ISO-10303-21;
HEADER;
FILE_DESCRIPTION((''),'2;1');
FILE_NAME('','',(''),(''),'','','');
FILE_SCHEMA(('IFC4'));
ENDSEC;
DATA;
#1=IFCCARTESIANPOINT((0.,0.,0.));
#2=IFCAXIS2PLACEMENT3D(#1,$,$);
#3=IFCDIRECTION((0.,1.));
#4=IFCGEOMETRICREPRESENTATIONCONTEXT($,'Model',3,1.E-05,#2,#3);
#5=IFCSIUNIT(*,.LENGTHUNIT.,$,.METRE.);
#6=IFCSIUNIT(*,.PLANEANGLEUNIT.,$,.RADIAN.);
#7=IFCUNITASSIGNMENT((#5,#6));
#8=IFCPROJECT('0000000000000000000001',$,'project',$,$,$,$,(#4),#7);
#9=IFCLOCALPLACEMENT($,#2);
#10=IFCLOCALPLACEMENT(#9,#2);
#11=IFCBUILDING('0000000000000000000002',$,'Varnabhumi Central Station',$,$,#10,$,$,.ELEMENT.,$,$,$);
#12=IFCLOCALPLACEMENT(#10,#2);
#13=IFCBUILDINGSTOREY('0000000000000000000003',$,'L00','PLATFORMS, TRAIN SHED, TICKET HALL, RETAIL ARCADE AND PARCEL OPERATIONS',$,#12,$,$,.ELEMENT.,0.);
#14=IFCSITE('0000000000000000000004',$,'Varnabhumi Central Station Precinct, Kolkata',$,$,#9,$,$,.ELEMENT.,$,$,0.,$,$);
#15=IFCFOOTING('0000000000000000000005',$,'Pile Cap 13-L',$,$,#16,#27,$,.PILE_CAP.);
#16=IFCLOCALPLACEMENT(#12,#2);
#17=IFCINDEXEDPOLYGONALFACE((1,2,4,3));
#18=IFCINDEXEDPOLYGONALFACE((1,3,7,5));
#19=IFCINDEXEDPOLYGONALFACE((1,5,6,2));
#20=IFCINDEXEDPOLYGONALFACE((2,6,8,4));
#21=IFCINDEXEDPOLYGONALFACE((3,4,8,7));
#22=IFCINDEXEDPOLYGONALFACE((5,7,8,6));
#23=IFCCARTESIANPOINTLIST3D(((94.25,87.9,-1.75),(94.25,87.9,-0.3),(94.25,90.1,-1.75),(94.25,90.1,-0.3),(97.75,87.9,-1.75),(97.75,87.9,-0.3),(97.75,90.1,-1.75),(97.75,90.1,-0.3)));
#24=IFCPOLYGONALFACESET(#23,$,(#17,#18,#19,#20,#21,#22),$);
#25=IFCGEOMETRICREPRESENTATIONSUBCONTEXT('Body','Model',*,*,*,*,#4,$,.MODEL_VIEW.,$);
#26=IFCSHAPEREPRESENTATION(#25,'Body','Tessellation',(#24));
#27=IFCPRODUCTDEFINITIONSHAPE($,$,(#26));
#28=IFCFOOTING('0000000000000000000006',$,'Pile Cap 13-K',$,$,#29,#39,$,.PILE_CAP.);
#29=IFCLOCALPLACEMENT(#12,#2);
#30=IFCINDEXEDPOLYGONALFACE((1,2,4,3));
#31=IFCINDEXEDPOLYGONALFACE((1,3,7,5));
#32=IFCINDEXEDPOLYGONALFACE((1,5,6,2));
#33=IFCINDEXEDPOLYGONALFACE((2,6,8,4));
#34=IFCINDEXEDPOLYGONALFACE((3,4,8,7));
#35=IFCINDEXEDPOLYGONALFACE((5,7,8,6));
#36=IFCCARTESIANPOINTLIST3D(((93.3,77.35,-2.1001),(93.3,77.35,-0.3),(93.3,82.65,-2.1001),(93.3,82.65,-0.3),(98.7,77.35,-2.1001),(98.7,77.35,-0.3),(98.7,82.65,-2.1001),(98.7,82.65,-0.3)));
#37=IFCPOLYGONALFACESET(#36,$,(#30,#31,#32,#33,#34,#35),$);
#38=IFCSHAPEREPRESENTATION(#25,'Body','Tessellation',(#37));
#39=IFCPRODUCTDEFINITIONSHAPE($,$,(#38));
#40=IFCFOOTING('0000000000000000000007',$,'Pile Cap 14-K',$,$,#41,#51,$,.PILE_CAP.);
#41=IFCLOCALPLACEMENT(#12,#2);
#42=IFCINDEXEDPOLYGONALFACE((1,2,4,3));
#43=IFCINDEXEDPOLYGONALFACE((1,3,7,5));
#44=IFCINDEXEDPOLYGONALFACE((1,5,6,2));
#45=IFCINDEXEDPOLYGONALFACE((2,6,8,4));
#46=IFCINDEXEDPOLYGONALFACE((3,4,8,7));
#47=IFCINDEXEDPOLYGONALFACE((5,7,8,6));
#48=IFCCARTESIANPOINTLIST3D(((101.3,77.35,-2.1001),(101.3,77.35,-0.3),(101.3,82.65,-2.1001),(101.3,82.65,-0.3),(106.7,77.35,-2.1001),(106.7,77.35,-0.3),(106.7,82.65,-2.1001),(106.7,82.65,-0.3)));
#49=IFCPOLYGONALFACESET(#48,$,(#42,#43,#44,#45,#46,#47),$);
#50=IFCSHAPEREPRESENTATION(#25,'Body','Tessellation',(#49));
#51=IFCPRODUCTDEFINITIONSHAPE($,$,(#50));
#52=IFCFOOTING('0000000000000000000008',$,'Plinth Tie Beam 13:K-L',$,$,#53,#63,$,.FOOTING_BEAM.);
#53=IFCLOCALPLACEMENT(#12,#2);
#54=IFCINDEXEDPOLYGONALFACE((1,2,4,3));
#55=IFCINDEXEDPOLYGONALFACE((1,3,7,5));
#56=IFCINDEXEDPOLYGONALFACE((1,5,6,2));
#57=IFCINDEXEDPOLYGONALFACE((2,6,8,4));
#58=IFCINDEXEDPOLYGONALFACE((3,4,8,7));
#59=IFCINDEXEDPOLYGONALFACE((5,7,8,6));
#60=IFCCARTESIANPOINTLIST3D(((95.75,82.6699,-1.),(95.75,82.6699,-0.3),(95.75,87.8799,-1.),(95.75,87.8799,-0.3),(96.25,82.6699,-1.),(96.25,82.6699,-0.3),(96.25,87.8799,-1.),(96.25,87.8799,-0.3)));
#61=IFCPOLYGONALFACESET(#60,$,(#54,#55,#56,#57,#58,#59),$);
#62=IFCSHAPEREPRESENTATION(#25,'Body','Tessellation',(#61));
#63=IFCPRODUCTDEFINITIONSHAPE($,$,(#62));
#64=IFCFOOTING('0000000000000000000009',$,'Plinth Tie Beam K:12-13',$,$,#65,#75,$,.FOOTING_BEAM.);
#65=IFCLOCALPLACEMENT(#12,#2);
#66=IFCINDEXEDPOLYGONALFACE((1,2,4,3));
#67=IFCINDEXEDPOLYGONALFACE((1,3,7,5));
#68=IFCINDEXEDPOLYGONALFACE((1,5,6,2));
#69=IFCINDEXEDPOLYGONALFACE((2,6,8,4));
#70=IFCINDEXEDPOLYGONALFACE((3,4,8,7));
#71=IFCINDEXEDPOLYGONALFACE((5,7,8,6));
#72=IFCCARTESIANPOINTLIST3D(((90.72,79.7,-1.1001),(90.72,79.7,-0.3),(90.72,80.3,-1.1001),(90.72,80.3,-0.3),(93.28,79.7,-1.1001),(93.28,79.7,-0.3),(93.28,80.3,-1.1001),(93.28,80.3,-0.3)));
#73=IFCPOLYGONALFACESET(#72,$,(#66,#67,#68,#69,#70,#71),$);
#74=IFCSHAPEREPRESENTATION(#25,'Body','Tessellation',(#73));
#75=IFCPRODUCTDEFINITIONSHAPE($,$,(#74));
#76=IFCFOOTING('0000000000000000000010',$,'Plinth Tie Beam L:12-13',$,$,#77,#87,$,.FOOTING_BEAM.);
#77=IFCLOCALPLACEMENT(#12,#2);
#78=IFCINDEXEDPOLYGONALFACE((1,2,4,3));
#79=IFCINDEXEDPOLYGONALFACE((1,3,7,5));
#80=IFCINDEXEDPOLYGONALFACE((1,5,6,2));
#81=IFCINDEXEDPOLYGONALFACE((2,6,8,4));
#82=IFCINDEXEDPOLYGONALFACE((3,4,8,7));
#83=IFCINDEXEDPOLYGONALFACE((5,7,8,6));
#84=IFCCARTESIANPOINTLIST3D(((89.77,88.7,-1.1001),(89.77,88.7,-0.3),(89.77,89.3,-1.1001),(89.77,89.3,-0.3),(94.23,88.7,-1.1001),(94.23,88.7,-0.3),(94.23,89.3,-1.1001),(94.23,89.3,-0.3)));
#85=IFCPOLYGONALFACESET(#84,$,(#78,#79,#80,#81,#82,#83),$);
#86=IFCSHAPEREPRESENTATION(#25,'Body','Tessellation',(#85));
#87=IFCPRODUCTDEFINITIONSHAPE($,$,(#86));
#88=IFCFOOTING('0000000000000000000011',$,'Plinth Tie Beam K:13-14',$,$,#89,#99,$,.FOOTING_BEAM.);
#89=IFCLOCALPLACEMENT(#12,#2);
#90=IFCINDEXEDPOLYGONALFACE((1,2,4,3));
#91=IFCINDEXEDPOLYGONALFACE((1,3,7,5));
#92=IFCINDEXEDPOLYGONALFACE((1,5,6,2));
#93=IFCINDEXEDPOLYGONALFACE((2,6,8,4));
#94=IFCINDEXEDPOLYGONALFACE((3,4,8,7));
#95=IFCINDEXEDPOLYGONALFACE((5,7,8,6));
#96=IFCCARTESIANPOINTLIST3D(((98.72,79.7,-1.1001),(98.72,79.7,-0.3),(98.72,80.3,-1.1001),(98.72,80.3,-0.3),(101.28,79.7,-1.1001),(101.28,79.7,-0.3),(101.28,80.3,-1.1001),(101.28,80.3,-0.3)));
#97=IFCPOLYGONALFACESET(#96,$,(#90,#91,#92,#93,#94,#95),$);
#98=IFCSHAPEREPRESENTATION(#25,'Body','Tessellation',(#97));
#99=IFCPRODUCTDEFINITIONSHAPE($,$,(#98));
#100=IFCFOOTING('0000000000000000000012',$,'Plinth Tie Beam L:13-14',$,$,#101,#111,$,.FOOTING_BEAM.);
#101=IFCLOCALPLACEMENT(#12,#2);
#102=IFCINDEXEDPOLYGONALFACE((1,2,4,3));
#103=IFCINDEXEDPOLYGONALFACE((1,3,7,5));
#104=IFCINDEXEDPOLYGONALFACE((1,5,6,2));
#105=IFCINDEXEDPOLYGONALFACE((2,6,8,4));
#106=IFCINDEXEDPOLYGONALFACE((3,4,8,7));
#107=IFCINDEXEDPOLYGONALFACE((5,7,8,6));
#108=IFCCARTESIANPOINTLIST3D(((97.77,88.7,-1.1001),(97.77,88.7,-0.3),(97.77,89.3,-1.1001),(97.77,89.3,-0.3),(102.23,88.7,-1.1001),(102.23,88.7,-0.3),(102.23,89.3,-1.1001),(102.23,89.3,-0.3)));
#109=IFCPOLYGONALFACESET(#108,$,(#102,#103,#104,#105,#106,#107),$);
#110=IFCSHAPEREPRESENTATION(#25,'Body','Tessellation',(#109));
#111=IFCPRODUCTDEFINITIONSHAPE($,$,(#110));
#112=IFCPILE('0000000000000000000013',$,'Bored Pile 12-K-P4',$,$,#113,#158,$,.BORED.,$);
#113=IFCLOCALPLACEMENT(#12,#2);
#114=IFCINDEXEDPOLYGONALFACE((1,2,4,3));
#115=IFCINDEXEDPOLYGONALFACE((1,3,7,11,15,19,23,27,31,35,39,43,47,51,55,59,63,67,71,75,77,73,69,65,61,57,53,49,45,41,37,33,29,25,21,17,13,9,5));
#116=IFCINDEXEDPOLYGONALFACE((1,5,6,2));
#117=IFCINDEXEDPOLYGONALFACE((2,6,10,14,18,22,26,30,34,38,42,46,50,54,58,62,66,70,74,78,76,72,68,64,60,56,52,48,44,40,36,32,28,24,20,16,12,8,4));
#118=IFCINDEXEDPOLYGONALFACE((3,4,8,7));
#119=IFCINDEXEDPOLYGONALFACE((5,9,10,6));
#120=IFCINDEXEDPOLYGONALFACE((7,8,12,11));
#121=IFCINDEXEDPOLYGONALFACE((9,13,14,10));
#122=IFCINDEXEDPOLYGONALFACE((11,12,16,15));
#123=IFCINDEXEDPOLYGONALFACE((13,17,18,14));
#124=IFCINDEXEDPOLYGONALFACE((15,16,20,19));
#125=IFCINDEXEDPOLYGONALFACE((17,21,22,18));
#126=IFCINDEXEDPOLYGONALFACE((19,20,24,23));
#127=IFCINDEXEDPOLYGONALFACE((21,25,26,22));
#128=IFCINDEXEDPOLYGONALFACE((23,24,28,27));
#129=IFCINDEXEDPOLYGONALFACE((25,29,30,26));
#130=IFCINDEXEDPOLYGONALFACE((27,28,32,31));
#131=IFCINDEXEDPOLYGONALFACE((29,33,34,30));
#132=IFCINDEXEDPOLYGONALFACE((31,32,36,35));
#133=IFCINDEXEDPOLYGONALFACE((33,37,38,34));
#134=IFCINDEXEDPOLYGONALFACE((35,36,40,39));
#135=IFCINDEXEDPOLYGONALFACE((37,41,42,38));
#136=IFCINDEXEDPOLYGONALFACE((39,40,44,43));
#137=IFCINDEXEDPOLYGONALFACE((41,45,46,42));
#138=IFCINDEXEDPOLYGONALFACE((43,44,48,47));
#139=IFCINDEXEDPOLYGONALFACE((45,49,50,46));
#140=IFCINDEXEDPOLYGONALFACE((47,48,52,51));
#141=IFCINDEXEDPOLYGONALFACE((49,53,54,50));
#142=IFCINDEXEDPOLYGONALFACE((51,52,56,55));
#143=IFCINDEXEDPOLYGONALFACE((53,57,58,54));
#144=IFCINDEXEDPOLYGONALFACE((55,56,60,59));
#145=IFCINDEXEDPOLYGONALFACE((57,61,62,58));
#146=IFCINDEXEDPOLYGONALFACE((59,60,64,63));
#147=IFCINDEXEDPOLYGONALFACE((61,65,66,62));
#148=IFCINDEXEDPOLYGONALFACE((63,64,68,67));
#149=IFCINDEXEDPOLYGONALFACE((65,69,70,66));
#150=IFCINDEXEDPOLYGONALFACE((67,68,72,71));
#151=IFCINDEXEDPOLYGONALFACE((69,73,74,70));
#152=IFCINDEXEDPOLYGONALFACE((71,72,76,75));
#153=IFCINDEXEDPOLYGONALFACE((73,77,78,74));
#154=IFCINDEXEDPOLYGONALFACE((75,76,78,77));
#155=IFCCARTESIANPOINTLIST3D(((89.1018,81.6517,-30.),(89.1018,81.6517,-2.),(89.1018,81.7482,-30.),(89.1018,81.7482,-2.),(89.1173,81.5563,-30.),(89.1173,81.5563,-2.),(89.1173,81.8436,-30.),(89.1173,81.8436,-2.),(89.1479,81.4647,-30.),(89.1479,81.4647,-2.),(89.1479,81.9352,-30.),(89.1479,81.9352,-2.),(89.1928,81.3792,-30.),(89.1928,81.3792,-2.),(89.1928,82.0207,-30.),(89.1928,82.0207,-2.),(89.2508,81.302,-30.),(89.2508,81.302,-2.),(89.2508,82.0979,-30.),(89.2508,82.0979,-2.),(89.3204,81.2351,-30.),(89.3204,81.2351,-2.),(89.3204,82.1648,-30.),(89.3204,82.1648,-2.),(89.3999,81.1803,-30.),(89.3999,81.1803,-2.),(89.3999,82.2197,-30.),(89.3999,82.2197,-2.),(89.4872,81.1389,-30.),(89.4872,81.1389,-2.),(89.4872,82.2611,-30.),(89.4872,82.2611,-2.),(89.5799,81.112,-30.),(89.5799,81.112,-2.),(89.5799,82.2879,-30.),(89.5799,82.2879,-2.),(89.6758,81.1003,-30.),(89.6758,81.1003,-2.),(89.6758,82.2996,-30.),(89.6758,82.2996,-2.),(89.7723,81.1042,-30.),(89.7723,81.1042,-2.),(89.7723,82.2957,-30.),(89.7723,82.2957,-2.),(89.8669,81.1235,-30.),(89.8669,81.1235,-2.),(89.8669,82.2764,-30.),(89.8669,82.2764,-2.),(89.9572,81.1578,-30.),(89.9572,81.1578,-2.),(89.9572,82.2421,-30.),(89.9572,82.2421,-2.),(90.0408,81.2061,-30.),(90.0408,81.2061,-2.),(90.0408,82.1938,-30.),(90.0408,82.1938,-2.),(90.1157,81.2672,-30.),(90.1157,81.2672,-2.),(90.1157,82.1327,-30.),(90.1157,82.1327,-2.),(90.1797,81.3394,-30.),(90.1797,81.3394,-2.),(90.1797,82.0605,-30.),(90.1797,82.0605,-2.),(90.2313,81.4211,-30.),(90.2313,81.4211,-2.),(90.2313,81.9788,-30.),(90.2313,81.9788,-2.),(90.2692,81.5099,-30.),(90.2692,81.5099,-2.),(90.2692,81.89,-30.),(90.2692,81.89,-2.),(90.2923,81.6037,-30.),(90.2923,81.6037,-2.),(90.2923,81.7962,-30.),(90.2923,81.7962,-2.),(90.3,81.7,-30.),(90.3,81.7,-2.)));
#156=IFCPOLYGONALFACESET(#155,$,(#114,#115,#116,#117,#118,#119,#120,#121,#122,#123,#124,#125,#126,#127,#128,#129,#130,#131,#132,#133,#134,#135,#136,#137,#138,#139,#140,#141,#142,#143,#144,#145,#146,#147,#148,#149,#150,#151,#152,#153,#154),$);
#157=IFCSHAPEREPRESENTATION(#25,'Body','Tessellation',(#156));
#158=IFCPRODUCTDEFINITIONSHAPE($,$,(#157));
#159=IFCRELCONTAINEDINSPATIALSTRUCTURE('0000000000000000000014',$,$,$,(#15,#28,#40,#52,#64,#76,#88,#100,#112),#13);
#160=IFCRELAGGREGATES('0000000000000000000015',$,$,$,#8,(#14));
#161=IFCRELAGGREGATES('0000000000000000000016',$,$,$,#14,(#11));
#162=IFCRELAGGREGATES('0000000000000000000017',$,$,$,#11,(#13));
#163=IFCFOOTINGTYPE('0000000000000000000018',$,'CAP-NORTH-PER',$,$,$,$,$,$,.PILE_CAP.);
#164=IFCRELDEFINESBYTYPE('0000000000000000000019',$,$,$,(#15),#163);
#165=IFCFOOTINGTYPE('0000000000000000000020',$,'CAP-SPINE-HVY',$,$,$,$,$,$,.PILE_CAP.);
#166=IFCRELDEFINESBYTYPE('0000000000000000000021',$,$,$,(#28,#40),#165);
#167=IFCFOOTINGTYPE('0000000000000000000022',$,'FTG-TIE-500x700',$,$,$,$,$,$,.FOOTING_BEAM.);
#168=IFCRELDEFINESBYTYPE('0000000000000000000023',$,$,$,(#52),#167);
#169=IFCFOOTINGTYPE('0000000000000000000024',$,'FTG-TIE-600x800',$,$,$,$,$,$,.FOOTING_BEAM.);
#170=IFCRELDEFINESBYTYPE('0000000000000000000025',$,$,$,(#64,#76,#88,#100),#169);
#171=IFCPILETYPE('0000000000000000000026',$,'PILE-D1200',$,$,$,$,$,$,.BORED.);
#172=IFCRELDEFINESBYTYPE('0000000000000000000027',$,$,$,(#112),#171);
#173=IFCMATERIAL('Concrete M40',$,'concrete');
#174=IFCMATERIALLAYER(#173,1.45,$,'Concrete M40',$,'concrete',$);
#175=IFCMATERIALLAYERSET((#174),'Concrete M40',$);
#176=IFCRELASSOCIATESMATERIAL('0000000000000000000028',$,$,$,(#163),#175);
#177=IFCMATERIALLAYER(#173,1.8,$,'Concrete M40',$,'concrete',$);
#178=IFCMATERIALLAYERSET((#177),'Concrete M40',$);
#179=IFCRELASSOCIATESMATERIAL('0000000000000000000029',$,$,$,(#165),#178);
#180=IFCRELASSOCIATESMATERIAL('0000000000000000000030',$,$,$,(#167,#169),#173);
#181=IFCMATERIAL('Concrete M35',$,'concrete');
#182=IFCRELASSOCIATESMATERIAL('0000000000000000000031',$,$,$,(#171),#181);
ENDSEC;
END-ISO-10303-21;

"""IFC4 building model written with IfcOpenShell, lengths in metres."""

from ifc_helpers import new_model, si_unit, direction, frame, origin, origin_2d, place, context, subcontext, project, spatial, rectangle, circle, extrude, material, layer, layer_set, material_profile, profile_set, type_object, element, save


model = new_model("IFC4")

# Units and contexts
model_context = context("Model", 3, precision=1e-05, world=origin(), true_north=direction((0.0, 1.0)))
body_context = subcontext(model_context, "Body", "Model", "MODEL_VIEW")
ifc_project = project(units=[si_unit("LENGTHUNIT", "METRE"), si_unit("PLANEANGLEUNIT", "RADIAN")], contexts=[model_context])

# Site, building, storey
site_placement = place(None, origin())
site = spatial("IfcSite", under=ifc_project, at=site_placement, Name="Varnabhumi Central Station Precinct, Kolkata", CompositionType="ELEMENT", RefElevation=0.0)
building_placement = place(site_placement, origin())
building = spatial("IfcBuilding", under=site, at=building_placement, Name="Varnabhumi Central Station", CompositionType="ELEMENT")
storey_placement = place(building_placement, origin())
storey = spatial("IfcBuildingStorey", under=building, at=storey_placement, Name="L00", Description="PLATFORMS, TRAIN SHED, TICKET HALL, RETAIL ARCADE AND PARCEL OPERATIONS", CompositionType="ELEMENT", Elevation=0.0)

# Footings
ifc_material_1 = material(Name="Concrete M40", Category="concrete")
ifc_layer_1 = layer(ifc_material_1, 1.45, Name="Concrete M40", Category="concrete")
ifc_layer_set_1 = layer_set([ifc_layer_1], Name="Concrete M40")
footing_type_1 = type_object("IfcFootingType", Name="CAP-NORTH-PER", PredefinedType="PILE_CAP", material=ifc_layer_set_1)
footing_1_placement = place(storey_placement, frame((96.0, 89.0, -1.75), z_axis=(0.0, 0.0, 1.0), x_axis=(1.0, 0.0, 0.0)))
element("IfcFooting", 1, at=footing_1_placement, inside=storey, type_object=footing_type_1, Name="Pile Cap 13-L", PredefinedType="PILE_CAP", context=body_context, shape_type="SweptSolid", body=[
    extrude(rectangle(XDim=3.5, YDim=2.2, at=origin_2d()), origin(), (0.0, 0.0, 1.0), 1.45),
])
ifc_layer_2 = layer(ifc_material_1, 1.8, Name="Concrete M40", Category="concrete")
ifc_layer_set_2 = layer_set([ifc_layer_2], Name="Concrete M40")
footing_type_2 = type_object("IfcFootingType", Name="CAP-SPINE-HVY", PredefinedType="PILE_CAP", material=ifc_layer_set_2)
for number, where, z_axis, x_axis, name in (
    (2, (96.0, 80.0, -2.1001), (0.0, 0.0, 1.0), (1.0, 0.0, 0.0), "Pile Cap 13-K"),
    (3, (104.0, 80.0, -2.1001), (0.0, 0.0, 1.0), (1.0, 0.0, 0.0), "Pile Cap 14-K"),
):
    element("IfcFooting", number, at=place(storey_placement, frame(where, z_axis=z_axis, x_axis=x_axis)), inside=storey, type_object=footing_type_2, Name=name, PredefinedType="PILE_CAP", context=body_context, shape_type="SweptSolid", body=[
        extrude(rectangle(XDim=5.3999, YDim=5.3, at=origin_2d()), origin(), (0.0, 0.0, 1.0), 1.8),
    ])
footing_type_3 = type_object("IfcFootingType", Name="FTG-TIE-500x700", PredefinedType="FOOTING_BEAM", material=ifc_material_1)
footing_2_placement = place(storey_placement, frame((96.0, 85.2749, -1.0), z_axis=(0.0, 0.0, 1.0), x_axis=(1.0, 0.0, 0.0)))
element("IfcFooting", 4, at=footing_2_placement, inside=storey, type_object=footing_type_3, Name="Plinth Tie Beam 13:K-L", PredefinedType="FOOTING_BEAM", context=body_context, shape_type="SweptSolid", body=[
    extrude(rectangle(XDim=0.5, YDim=5.21, at=origin_2d()), origin(), (0.0, 0.0, 1.0), 0.7),
])
footing_type_4 = type_object("IfcFootingType", Name="FTG-TIE-600x800", PredefinedType="FOOTING_BEAM", material=ifc_material_1)
footing_3_placement = place(storey_placement, frame((92.0, 80.0, -1.1001), z_axis=(0.0, 0.0, 1.0), x_axis=(1.0, 0.0, 0.0)))
element("IfcFooting", 5, at=footing_3_placement, inside=storey, type_object=footing_type_4, Name="Plinth Tie Beam K:12-13", PredefinedType="FOOTING_BEAM", context=body_context, shape_type="SweptSolid", body=[
    extrude(rectangle(XDim=2.5601, YDim=0.6001, at=origin_2d()), origin(), (0.0, 0.0, 1.0), 0.8),
])
footing_4_placement = place(storey_placement, frame((92.0, 89.0, -1.1001), z_axis=(0.0, 0.0, 1.0), x_axis=(1.0, 0.0, 0.0)))
element("IfcFooting", 6, at=footing_4_placement, inside=storey, type_object=footing_type_4, Name="Plinth Tie Beam L:12-13", PredefinedType="FOOTING_BEAM", context=body_context, shape_type="SweptSolid", body=[
    extrude(rectangle(XDim=4.46, YDim=0.6001, at=origin_2d()), origin(), (0.0, 0.0, 1.0), 0.8),
])
footing_5_placement = place(storey_placement, frame((100.0, 80.0, -1.1001), z_axis=(0.0, 0.0, 1.0), x_axis=(1.0, 0.0, 0.0)))
element("IfcFooting", 7, at=footing_5_placement, inside=storey, type_object=footing_type_4, Name="Plinth Tie Beam K:13-14", PredefinedType="FOOTING_BEAM", context=body_context, shape_type="SweptSolid", body=[
    extrude(rectangle(XDim=2.5601, YDim=0.6001, at=origin_2d()), origin(), (0.0, 0.0, 1.0), 0.8),
])
footing_6_placement = place(storey_placement, frame((100.0, 89.0, -1.1001), z_axis=(0.0, 0.0, 1.0), x_axis=(1.0, 0.0, 0.0)))
element("IfcFooting", 8, at=footing_6_placement, inside=storey, type_object=footing_type_4, Name="Plinth Tie Beam L:13-14", PredefinedType="FOOTING_BEAM", context=body_context, shape_type="SweptSolid", body=[
    extrude(rectangle(XDim=4.46, YDim=0.6001, at=origin_2d()), origin(), (0.0, 0.0, 1.0), 0.8),
])

# Pile
ifc_material_2 = material(Name="Concrete M35", Category="concrete")
ifc_material_profile_1 = material_profile(ifc_material_2, circle(Radius=0.6001, at=origin_2d()), Name="Concrete M35", Category="concrete")
ifc_profile_set_1 = profile_set([ifc_material_profile_1], Name="Concrete M35")
pile_type_1 = type_object("IfcPileType", Name="PILE-D1200", PredefinedType="BORED", material=ifc_profile_set_1)
for number, where, z_axis, x_axis, name in (
    (9, (89.7, 81.7, -2.0), (0.0, 0.0, -1.0), (1.0, 0.0, 0.0), "Bored Pile 12-K-P4"),
):
    element("IfcPile", number, at=place(storey_placement, frame(where, z_axis=z_axis, x_axis=x_axis)), inside=storey, type_object=pile_type_1, Name=name, PredefinedType="BORED", context=body_context, shape_type="SweptSolid", body=[
        extrude(circle(Radius=0.6001, at=origin_2d()), origin(), (0.0, 0.0, 1.0), 28.0),
    ])

save(model, "model.ifc")
